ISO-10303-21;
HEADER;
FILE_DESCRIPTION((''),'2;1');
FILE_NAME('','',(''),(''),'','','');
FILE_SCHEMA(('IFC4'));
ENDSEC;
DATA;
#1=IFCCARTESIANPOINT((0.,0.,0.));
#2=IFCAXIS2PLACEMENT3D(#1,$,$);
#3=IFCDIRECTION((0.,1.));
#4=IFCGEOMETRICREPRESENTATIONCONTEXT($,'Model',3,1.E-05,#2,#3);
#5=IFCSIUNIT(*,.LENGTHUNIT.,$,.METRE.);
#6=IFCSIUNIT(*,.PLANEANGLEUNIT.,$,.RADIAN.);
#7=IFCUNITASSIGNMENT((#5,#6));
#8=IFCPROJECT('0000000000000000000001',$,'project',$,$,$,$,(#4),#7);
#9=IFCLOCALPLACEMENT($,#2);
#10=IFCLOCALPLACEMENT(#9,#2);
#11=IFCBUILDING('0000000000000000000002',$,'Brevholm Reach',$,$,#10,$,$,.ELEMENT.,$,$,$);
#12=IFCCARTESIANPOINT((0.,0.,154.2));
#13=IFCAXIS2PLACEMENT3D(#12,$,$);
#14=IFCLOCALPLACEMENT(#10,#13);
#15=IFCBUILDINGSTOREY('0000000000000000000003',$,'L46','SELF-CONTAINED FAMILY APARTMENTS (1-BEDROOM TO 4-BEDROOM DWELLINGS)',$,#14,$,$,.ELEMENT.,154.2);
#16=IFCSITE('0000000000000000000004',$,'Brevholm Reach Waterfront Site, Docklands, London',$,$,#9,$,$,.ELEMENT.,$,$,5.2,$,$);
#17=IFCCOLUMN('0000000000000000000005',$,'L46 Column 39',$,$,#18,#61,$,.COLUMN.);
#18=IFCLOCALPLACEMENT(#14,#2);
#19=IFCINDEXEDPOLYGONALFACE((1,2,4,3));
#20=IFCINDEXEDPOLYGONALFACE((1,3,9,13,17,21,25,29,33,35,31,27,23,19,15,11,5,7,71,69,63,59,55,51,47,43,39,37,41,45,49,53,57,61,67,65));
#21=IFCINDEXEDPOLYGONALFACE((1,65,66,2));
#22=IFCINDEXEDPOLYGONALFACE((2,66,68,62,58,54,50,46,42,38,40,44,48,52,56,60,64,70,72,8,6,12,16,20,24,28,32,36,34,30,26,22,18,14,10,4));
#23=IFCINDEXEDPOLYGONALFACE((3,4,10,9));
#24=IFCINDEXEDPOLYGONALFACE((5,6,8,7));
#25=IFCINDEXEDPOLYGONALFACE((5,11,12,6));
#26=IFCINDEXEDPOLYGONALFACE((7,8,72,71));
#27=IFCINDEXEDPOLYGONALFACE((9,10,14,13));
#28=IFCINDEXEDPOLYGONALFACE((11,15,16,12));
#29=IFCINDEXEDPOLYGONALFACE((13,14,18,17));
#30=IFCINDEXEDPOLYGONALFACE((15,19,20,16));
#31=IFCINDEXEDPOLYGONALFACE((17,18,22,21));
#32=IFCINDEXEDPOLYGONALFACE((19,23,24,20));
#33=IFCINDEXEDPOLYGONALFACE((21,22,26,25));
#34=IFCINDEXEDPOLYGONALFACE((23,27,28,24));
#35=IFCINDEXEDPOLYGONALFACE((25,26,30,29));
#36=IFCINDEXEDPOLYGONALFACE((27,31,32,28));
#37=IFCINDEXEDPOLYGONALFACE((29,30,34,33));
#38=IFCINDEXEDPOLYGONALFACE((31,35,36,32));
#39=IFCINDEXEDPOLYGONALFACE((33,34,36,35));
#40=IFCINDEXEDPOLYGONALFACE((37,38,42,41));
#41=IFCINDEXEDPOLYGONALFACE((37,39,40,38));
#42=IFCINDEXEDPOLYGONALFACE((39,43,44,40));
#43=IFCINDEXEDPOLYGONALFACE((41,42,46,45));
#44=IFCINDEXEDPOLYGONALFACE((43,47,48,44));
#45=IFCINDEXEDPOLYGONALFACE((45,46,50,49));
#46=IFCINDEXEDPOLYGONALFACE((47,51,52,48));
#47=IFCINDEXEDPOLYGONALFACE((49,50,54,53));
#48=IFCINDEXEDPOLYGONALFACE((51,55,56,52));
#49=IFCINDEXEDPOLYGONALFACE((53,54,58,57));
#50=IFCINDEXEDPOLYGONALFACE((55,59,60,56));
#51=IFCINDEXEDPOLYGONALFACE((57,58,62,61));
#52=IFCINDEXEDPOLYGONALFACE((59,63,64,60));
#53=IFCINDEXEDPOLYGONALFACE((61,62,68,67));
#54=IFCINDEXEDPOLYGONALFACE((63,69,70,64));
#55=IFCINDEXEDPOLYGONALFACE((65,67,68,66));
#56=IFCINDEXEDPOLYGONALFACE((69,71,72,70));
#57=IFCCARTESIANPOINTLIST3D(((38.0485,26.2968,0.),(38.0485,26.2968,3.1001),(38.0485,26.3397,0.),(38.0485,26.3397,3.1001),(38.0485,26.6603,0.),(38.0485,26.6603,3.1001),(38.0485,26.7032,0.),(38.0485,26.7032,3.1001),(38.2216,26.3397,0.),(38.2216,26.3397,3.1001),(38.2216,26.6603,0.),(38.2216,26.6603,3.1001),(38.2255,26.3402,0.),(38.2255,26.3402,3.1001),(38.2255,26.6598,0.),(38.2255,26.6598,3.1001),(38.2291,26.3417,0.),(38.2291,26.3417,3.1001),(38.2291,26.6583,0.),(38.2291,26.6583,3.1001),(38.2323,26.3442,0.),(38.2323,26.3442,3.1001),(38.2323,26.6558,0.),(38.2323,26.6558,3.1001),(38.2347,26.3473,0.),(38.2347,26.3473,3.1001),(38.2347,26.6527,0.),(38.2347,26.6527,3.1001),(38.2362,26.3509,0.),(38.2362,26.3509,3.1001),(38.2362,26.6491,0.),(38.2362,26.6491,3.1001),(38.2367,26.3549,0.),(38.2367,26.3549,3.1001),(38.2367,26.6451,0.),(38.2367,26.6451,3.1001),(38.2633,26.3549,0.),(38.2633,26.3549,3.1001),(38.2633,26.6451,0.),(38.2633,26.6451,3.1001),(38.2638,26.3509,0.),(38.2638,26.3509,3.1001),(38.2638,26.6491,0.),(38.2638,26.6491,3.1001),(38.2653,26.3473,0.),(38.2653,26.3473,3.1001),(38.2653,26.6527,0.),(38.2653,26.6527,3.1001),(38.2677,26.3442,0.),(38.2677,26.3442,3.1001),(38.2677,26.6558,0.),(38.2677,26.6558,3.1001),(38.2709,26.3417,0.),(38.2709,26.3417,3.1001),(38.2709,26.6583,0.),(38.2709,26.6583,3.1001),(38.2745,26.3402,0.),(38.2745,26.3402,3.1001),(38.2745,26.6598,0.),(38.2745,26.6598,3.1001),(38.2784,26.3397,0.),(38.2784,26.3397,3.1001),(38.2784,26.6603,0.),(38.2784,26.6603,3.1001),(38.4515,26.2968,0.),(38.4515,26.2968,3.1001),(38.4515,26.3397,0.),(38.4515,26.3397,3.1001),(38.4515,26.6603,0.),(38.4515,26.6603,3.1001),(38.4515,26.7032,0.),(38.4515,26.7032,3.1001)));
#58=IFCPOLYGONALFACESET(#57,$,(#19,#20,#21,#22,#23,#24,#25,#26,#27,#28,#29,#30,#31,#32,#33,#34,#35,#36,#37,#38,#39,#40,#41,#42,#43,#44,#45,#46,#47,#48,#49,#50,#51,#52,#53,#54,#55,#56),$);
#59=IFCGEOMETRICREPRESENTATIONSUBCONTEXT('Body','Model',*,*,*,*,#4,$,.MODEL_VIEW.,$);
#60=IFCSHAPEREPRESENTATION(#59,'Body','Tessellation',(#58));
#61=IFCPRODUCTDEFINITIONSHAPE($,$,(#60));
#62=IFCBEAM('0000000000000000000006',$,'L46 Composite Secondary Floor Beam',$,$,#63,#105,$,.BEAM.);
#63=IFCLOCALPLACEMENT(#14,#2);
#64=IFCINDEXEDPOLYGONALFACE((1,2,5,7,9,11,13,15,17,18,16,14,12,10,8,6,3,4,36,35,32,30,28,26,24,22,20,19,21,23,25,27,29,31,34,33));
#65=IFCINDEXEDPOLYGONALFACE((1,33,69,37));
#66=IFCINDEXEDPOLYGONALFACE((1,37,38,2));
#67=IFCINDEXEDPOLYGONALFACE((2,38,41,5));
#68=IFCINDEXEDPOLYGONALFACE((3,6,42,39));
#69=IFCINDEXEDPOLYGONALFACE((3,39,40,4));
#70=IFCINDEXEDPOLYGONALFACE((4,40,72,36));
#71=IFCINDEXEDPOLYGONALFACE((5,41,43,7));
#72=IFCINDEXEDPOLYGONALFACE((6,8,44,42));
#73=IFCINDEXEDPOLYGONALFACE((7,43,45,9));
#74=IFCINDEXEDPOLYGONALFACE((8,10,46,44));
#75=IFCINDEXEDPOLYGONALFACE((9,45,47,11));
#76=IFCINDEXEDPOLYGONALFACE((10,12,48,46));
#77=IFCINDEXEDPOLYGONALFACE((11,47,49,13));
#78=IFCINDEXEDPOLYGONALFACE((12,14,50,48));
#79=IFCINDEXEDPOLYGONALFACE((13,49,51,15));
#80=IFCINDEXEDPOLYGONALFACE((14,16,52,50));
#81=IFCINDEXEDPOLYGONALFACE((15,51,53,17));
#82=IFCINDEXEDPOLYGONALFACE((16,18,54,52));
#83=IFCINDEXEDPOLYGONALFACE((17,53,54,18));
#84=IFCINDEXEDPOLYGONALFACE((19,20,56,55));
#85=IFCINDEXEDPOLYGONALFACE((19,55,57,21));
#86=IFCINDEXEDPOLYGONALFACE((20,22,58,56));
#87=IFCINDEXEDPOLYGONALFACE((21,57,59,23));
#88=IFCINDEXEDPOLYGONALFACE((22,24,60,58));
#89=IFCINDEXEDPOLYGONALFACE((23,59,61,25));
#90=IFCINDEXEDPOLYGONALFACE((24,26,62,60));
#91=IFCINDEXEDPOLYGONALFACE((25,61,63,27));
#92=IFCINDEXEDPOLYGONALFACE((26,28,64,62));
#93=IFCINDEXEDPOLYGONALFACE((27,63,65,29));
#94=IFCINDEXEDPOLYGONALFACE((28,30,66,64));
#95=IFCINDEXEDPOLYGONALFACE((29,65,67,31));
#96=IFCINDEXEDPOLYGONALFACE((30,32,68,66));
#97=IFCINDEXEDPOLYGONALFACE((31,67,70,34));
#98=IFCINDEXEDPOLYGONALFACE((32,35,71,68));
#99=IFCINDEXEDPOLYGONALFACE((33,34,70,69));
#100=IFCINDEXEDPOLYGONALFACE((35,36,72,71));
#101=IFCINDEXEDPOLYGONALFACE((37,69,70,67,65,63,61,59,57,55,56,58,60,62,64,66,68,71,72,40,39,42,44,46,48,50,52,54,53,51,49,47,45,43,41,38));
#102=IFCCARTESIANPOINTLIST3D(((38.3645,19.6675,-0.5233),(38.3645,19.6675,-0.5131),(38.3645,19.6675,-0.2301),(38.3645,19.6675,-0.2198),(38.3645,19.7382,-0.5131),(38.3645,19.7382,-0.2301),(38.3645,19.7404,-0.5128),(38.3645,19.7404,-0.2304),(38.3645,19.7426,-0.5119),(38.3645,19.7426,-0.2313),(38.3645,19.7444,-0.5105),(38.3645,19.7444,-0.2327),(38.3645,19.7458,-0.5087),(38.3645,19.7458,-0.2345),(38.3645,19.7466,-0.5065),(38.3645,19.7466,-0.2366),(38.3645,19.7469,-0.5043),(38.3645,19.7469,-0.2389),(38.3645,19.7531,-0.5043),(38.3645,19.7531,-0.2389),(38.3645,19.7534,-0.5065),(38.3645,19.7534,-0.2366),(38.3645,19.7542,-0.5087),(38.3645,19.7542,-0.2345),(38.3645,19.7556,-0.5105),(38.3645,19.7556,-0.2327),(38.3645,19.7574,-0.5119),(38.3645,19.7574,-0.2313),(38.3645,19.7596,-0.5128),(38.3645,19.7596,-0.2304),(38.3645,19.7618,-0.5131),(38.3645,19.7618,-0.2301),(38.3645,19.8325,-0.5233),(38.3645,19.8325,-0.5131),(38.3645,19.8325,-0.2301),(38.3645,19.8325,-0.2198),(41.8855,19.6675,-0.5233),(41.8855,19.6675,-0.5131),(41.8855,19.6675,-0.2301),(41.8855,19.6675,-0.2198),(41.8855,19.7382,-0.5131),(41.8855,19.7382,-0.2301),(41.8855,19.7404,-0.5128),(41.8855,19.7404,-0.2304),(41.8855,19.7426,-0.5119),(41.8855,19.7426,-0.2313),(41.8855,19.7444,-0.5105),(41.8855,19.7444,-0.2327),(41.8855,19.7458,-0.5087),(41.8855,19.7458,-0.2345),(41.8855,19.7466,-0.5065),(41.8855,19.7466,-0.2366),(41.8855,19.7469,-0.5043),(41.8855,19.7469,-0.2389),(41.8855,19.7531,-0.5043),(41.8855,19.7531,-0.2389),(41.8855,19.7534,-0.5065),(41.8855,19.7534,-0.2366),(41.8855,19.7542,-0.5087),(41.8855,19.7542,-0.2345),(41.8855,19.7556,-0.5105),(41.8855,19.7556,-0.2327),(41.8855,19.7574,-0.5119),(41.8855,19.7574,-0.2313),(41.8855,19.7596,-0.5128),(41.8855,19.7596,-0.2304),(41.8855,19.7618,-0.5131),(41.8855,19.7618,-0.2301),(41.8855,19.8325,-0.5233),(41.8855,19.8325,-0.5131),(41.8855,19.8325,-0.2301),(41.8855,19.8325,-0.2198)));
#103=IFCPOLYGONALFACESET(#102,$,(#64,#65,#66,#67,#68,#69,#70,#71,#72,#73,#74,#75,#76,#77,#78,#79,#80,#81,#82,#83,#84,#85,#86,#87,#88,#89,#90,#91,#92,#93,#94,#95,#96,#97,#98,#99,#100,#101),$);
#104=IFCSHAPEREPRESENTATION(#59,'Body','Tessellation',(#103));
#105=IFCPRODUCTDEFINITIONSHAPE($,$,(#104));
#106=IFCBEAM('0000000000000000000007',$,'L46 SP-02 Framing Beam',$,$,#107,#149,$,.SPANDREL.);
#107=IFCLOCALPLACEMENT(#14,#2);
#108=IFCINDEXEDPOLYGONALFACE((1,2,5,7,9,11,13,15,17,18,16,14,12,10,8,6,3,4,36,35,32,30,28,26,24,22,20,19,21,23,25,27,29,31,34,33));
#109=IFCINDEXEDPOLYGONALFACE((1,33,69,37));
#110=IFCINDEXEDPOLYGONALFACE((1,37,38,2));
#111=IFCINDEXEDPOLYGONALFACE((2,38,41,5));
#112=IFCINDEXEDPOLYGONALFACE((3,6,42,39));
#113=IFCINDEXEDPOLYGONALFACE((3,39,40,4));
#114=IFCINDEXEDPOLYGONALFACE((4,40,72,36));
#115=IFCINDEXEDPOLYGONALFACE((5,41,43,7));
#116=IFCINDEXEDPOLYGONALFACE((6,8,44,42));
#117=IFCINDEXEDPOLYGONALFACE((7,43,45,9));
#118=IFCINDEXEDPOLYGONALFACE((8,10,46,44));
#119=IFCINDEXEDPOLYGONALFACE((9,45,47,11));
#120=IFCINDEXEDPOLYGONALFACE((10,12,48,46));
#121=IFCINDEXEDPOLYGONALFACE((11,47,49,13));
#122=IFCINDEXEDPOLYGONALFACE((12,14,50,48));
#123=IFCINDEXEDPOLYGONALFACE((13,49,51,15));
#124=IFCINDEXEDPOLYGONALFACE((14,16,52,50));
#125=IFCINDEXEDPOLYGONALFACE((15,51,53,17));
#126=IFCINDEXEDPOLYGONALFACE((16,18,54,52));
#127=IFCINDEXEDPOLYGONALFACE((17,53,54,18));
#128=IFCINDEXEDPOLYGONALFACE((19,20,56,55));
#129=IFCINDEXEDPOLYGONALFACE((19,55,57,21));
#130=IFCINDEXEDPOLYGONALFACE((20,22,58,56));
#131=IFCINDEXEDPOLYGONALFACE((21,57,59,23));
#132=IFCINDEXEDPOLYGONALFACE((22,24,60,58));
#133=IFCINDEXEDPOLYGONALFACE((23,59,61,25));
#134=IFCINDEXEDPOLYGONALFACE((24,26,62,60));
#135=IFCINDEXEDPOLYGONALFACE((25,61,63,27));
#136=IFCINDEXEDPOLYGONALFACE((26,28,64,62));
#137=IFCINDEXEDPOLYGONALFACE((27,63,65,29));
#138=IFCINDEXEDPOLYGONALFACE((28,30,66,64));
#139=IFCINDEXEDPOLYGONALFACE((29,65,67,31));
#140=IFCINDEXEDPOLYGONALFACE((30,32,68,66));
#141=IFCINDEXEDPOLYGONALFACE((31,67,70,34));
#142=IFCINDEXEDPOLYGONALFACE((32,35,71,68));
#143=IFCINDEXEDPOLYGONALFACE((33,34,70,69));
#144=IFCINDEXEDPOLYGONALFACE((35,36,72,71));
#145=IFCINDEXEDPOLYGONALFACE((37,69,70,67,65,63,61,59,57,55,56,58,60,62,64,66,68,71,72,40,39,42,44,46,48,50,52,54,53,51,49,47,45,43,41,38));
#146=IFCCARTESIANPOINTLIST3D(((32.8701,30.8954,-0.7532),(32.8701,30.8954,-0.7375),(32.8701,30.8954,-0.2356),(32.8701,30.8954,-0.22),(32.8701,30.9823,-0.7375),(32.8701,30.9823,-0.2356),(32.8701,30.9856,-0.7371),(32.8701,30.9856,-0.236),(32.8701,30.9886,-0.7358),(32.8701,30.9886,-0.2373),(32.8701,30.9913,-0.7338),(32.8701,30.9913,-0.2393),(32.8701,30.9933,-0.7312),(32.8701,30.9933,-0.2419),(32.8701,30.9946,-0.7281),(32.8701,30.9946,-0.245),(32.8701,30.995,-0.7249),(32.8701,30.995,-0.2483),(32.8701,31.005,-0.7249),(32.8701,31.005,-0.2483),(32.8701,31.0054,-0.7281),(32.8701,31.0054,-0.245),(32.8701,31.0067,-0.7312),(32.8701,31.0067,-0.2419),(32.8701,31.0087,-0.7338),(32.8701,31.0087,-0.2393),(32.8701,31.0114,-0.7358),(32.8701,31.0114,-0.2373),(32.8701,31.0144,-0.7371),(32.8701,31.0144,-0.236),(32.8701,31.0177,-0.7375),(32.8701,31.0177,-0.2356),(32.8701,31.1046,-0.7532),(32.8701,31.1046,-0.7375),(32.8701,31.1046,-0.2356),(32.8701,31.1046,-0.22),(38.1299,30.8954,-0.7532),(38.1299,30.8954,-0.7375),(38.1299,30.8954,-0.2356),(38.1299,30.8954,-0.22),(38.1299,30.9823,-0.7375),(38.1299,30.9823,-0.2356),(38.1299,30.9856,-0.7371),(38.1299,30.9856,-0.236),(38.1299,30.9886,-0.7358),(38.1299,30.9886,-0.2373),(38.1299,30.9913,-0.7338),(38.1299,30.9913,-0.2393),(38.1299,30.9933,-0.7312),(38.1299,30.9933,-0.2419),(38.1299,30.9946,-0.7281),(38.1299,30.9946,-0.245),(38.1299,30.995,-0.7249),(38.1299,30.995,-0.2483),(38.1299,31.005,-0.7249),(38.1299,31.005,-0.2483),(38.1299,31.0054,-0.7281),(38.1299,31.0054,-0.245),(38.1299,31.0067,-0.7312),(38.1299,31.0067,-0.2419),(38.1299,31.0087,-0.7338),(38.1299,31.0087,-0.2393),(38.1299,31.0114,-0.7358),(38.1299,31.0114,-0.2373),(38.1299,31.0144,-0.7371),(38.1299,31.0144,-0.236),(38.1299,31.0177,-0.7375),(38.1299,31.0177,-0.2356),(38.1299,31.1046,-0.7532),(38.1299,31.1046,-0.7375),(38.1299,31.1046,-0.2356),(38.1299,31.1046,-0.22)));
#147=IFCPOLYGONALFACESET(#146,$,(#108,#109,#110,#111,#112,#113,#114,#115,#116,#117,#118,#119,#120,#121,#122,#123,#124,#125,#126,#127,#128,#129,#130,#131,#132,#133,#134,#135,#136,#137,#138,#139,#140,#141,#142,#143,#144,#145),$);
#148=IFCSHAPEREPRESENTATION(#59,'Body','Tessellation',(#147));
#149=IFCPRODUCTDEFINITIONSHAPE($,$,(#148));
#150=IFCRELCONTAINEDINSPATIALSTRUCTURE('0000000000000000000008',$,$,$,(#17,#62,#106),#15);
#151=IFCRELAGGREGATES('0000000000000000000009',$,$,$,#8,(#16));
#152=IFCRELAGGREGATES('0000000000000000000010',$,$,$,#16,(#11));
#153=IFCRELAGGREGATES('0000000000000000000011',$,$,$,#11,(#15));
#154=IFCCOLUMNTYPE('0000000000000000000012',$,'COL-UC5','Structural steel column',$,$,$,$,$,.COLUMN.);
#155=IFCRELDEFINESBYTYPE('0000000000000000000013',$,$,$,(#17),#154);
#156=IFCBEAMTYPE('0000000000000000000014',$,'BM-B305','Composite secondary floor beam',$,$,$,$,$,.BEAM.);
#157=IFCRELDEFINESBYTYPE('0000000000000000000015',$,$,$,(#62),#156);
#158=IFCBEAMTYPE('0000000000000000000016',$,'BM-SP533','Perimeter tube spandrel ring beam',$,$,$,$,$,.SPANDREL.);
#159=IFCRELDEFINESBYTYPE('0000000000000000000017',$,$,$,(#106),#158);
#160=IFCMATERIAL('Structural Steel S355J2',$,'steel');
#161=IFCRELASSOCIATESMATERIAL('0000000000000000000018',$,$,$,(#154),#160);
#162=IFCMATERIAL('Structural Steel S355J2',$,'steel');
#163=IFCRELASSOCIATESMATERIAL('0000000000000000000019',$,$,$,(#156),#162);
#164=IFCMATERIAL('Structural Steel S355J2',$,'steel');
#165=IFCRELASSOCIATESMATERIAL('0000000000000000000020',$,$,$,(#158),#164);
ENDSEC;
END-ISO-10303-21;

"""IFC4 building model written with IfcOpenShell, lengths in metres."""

from ifc_helpers import new_model, si_unit, direction, frame, origin, origin_2d, place, context, subcontext, project, spatial, i_section, extrude, material, material_profile, profile_set, type_object, element, save


model = new_model("IFC4")

# Units and contexts
model_context = context("Model", 3, precision=1e-05, world=origin(), true_north=direction((0.0, 1.0)))
body_context = subcontext(model_context, "Body", "Model", "MODEL_VIEW")
ifc_project = project(units=[si_unit("LENGTHUNIT", "METRE"), si_unit("PLANEANGLEUNIT", "RADIAN")], contexts=[model_context])

# Site, building, storey
site_placement = place(None, origin())
site = spatial("IfcSite", under=ifc_project, at=site_placement, Name="Brevholm Reach Waterfront Site, Docklands, London", CompositionType="ELEMENT", RefElevation=5.2)
building_placement = place(site_placement, origin())
building = spatial("IfcBuilding", under=site, at=building_placement, Name="Brevholm Reach", CompositionType="ELEMENT")
storey_placement = place(building_placement, frame((0.0, 0.0, 154.2)))
storey = spatial("IfcBuildingStorey", under=building, at=storey_placement, Name="L46", Description="SELF-CONTAINED FAMILY APARTMENTS (1-BEDROOM TO 4-BEDROOM DWELLINGS)", CompositionType="ELEMENT", Elevation=154.2)

# Column
ifc_material_1 = material(Name="Structural Steel S355J2", Category="steel")
ifc_material_profile_1 = material_profile(ifc_material_1, i_section(OverallWidth=0.4031, OverallDepth=0.4065, WebThickness=0.0266, FlangeThickness=0.043, FilletRadius=0.0151, at=origin_2d()), Name="UKC 356x406x340")
ifc_profile_set_1 = profile_set([ifc_material_profile_1], Name="Structural Steel S355J2")
column_type_1 = type_object("IfcColumnType", Name="COL-UC5", Description="Structural steel column", PredefinedType="COLUMN", material=ifc_profile_set_1)
for number, where, z_axis, x_axis, name in (
    (1, (38.25, 26.5, 0.0), (0.0, 0.0, 1.0), (1.0, 0.0, 0.0), "L46 Column 39"),
):
    element("IfcColumn", number, at=place(storey_placement, frame(where, z_axis=z_axis, x_axis=x_axis)), inside=storey, type_object=column_type_1, Name=name, PredefinedType="COLUMN", context=body_context, shape_type="SweptSolid", body=[
        extrude(i_section(OverallWidth=0.4031, OverallDepth=0.4065, WebThickness=0.0266, FlangeThickness=0.043, FilletRadius=0.0151, at=origin_2d()), origin(), (0.0, 0.0, 1.0), 3.1001),
    ])

# Beams
ifc_material_2 = material(Name="Structural Steel S355J2", Category="steel")
ifc_material_profile_2 = material_profile(ifc_material_2, i_section(OverallWidth=0.165, OverallDepth=0.3035, WebThickness=0.0061, FlangeThickness=0.0103, FilletRadius=0.0088, at=origin_2d()), Name="UKB 305x165x40")
ifc_profile_set_2 = profile_set([ifc_material_profile_2], Name="Structural Steel S355J2")
beam_type_1 = type_object("IfcBeamType", Name="BM-B305", Description="Composite secondary floor beam", PredefinedType="BEAM", material=ifc_profile_set_2)
beam_1_placement = place(storey_placement, frame((38.3645, 19.75, -0.3716), z_axis=(1.0, 0.0, 0.0), x_axis=(0.0, 1.0, 0.0)))
element("IfcBeam", 2, at=beam_1_placement, inside=storey, type_object=beam_type_1, Name="L46 Composite Secondary Floor Beam", PredefinedType="BEAM", context=body_context, shape_type="SweptSolid", body=[
    extrude(i_section(OverallWidth=0.165, OverallDepth=0.3035, WebThickness=0.0061, FlangeThickness=0.0103, FilletRadius=0.0088, at=origin_2d()), origin(), (0.0, 0.0, 1.0), 3.521),
])
ifc_material_3 = material(Name="Structural Steel S355J2", Category="steel")
ifc_material_profile_3 = material_profile(ifc_material_3, i_section(OverallWidth=0.2092, OverallDepth=0.5332, WebThickness=0.01, FlangeThickness=0.0156, FilletRadius=0.0127, at=origin_2d()), Name="UKB 533x210x92")
ifc_profile_set_3 = profile_set([ifc_material_profile_3], Name="Structural Steel S355J2")
beam_type_2 = type_object("IfcBeamType", Name="BM-SP533", Description="Perimeter tube spandrel ring beam", PredefinedType="SPANDREL", material=ifc_profile_set_3)
beam_2_placement = place(storey_placement, frame((32.8701, 31.0, -0.4866), z_axis=(1.0, 0.0, 0.0), x_axis=(0.0, 1.0, 0.0)))
element("IfcBeam", 3, at=beam_2_placement, inside=storey, type_object=beam_type_2, Name="L46 SP-02 Framing Beam", PredefinedType="SPANDREL", context=body_context, shape_type="SweptSolid", body=[
    extrude(i_section(OverallWidth=0.2092, OverallDepth=0.5332, WebThickness=0.01, FlangeThickness=0.0156, FilletRadius=0.0127, at=origin_2d()), origin(), (0.0, 0.0, 1.0), 5.2598),
])

save(model, "model.ifc")
